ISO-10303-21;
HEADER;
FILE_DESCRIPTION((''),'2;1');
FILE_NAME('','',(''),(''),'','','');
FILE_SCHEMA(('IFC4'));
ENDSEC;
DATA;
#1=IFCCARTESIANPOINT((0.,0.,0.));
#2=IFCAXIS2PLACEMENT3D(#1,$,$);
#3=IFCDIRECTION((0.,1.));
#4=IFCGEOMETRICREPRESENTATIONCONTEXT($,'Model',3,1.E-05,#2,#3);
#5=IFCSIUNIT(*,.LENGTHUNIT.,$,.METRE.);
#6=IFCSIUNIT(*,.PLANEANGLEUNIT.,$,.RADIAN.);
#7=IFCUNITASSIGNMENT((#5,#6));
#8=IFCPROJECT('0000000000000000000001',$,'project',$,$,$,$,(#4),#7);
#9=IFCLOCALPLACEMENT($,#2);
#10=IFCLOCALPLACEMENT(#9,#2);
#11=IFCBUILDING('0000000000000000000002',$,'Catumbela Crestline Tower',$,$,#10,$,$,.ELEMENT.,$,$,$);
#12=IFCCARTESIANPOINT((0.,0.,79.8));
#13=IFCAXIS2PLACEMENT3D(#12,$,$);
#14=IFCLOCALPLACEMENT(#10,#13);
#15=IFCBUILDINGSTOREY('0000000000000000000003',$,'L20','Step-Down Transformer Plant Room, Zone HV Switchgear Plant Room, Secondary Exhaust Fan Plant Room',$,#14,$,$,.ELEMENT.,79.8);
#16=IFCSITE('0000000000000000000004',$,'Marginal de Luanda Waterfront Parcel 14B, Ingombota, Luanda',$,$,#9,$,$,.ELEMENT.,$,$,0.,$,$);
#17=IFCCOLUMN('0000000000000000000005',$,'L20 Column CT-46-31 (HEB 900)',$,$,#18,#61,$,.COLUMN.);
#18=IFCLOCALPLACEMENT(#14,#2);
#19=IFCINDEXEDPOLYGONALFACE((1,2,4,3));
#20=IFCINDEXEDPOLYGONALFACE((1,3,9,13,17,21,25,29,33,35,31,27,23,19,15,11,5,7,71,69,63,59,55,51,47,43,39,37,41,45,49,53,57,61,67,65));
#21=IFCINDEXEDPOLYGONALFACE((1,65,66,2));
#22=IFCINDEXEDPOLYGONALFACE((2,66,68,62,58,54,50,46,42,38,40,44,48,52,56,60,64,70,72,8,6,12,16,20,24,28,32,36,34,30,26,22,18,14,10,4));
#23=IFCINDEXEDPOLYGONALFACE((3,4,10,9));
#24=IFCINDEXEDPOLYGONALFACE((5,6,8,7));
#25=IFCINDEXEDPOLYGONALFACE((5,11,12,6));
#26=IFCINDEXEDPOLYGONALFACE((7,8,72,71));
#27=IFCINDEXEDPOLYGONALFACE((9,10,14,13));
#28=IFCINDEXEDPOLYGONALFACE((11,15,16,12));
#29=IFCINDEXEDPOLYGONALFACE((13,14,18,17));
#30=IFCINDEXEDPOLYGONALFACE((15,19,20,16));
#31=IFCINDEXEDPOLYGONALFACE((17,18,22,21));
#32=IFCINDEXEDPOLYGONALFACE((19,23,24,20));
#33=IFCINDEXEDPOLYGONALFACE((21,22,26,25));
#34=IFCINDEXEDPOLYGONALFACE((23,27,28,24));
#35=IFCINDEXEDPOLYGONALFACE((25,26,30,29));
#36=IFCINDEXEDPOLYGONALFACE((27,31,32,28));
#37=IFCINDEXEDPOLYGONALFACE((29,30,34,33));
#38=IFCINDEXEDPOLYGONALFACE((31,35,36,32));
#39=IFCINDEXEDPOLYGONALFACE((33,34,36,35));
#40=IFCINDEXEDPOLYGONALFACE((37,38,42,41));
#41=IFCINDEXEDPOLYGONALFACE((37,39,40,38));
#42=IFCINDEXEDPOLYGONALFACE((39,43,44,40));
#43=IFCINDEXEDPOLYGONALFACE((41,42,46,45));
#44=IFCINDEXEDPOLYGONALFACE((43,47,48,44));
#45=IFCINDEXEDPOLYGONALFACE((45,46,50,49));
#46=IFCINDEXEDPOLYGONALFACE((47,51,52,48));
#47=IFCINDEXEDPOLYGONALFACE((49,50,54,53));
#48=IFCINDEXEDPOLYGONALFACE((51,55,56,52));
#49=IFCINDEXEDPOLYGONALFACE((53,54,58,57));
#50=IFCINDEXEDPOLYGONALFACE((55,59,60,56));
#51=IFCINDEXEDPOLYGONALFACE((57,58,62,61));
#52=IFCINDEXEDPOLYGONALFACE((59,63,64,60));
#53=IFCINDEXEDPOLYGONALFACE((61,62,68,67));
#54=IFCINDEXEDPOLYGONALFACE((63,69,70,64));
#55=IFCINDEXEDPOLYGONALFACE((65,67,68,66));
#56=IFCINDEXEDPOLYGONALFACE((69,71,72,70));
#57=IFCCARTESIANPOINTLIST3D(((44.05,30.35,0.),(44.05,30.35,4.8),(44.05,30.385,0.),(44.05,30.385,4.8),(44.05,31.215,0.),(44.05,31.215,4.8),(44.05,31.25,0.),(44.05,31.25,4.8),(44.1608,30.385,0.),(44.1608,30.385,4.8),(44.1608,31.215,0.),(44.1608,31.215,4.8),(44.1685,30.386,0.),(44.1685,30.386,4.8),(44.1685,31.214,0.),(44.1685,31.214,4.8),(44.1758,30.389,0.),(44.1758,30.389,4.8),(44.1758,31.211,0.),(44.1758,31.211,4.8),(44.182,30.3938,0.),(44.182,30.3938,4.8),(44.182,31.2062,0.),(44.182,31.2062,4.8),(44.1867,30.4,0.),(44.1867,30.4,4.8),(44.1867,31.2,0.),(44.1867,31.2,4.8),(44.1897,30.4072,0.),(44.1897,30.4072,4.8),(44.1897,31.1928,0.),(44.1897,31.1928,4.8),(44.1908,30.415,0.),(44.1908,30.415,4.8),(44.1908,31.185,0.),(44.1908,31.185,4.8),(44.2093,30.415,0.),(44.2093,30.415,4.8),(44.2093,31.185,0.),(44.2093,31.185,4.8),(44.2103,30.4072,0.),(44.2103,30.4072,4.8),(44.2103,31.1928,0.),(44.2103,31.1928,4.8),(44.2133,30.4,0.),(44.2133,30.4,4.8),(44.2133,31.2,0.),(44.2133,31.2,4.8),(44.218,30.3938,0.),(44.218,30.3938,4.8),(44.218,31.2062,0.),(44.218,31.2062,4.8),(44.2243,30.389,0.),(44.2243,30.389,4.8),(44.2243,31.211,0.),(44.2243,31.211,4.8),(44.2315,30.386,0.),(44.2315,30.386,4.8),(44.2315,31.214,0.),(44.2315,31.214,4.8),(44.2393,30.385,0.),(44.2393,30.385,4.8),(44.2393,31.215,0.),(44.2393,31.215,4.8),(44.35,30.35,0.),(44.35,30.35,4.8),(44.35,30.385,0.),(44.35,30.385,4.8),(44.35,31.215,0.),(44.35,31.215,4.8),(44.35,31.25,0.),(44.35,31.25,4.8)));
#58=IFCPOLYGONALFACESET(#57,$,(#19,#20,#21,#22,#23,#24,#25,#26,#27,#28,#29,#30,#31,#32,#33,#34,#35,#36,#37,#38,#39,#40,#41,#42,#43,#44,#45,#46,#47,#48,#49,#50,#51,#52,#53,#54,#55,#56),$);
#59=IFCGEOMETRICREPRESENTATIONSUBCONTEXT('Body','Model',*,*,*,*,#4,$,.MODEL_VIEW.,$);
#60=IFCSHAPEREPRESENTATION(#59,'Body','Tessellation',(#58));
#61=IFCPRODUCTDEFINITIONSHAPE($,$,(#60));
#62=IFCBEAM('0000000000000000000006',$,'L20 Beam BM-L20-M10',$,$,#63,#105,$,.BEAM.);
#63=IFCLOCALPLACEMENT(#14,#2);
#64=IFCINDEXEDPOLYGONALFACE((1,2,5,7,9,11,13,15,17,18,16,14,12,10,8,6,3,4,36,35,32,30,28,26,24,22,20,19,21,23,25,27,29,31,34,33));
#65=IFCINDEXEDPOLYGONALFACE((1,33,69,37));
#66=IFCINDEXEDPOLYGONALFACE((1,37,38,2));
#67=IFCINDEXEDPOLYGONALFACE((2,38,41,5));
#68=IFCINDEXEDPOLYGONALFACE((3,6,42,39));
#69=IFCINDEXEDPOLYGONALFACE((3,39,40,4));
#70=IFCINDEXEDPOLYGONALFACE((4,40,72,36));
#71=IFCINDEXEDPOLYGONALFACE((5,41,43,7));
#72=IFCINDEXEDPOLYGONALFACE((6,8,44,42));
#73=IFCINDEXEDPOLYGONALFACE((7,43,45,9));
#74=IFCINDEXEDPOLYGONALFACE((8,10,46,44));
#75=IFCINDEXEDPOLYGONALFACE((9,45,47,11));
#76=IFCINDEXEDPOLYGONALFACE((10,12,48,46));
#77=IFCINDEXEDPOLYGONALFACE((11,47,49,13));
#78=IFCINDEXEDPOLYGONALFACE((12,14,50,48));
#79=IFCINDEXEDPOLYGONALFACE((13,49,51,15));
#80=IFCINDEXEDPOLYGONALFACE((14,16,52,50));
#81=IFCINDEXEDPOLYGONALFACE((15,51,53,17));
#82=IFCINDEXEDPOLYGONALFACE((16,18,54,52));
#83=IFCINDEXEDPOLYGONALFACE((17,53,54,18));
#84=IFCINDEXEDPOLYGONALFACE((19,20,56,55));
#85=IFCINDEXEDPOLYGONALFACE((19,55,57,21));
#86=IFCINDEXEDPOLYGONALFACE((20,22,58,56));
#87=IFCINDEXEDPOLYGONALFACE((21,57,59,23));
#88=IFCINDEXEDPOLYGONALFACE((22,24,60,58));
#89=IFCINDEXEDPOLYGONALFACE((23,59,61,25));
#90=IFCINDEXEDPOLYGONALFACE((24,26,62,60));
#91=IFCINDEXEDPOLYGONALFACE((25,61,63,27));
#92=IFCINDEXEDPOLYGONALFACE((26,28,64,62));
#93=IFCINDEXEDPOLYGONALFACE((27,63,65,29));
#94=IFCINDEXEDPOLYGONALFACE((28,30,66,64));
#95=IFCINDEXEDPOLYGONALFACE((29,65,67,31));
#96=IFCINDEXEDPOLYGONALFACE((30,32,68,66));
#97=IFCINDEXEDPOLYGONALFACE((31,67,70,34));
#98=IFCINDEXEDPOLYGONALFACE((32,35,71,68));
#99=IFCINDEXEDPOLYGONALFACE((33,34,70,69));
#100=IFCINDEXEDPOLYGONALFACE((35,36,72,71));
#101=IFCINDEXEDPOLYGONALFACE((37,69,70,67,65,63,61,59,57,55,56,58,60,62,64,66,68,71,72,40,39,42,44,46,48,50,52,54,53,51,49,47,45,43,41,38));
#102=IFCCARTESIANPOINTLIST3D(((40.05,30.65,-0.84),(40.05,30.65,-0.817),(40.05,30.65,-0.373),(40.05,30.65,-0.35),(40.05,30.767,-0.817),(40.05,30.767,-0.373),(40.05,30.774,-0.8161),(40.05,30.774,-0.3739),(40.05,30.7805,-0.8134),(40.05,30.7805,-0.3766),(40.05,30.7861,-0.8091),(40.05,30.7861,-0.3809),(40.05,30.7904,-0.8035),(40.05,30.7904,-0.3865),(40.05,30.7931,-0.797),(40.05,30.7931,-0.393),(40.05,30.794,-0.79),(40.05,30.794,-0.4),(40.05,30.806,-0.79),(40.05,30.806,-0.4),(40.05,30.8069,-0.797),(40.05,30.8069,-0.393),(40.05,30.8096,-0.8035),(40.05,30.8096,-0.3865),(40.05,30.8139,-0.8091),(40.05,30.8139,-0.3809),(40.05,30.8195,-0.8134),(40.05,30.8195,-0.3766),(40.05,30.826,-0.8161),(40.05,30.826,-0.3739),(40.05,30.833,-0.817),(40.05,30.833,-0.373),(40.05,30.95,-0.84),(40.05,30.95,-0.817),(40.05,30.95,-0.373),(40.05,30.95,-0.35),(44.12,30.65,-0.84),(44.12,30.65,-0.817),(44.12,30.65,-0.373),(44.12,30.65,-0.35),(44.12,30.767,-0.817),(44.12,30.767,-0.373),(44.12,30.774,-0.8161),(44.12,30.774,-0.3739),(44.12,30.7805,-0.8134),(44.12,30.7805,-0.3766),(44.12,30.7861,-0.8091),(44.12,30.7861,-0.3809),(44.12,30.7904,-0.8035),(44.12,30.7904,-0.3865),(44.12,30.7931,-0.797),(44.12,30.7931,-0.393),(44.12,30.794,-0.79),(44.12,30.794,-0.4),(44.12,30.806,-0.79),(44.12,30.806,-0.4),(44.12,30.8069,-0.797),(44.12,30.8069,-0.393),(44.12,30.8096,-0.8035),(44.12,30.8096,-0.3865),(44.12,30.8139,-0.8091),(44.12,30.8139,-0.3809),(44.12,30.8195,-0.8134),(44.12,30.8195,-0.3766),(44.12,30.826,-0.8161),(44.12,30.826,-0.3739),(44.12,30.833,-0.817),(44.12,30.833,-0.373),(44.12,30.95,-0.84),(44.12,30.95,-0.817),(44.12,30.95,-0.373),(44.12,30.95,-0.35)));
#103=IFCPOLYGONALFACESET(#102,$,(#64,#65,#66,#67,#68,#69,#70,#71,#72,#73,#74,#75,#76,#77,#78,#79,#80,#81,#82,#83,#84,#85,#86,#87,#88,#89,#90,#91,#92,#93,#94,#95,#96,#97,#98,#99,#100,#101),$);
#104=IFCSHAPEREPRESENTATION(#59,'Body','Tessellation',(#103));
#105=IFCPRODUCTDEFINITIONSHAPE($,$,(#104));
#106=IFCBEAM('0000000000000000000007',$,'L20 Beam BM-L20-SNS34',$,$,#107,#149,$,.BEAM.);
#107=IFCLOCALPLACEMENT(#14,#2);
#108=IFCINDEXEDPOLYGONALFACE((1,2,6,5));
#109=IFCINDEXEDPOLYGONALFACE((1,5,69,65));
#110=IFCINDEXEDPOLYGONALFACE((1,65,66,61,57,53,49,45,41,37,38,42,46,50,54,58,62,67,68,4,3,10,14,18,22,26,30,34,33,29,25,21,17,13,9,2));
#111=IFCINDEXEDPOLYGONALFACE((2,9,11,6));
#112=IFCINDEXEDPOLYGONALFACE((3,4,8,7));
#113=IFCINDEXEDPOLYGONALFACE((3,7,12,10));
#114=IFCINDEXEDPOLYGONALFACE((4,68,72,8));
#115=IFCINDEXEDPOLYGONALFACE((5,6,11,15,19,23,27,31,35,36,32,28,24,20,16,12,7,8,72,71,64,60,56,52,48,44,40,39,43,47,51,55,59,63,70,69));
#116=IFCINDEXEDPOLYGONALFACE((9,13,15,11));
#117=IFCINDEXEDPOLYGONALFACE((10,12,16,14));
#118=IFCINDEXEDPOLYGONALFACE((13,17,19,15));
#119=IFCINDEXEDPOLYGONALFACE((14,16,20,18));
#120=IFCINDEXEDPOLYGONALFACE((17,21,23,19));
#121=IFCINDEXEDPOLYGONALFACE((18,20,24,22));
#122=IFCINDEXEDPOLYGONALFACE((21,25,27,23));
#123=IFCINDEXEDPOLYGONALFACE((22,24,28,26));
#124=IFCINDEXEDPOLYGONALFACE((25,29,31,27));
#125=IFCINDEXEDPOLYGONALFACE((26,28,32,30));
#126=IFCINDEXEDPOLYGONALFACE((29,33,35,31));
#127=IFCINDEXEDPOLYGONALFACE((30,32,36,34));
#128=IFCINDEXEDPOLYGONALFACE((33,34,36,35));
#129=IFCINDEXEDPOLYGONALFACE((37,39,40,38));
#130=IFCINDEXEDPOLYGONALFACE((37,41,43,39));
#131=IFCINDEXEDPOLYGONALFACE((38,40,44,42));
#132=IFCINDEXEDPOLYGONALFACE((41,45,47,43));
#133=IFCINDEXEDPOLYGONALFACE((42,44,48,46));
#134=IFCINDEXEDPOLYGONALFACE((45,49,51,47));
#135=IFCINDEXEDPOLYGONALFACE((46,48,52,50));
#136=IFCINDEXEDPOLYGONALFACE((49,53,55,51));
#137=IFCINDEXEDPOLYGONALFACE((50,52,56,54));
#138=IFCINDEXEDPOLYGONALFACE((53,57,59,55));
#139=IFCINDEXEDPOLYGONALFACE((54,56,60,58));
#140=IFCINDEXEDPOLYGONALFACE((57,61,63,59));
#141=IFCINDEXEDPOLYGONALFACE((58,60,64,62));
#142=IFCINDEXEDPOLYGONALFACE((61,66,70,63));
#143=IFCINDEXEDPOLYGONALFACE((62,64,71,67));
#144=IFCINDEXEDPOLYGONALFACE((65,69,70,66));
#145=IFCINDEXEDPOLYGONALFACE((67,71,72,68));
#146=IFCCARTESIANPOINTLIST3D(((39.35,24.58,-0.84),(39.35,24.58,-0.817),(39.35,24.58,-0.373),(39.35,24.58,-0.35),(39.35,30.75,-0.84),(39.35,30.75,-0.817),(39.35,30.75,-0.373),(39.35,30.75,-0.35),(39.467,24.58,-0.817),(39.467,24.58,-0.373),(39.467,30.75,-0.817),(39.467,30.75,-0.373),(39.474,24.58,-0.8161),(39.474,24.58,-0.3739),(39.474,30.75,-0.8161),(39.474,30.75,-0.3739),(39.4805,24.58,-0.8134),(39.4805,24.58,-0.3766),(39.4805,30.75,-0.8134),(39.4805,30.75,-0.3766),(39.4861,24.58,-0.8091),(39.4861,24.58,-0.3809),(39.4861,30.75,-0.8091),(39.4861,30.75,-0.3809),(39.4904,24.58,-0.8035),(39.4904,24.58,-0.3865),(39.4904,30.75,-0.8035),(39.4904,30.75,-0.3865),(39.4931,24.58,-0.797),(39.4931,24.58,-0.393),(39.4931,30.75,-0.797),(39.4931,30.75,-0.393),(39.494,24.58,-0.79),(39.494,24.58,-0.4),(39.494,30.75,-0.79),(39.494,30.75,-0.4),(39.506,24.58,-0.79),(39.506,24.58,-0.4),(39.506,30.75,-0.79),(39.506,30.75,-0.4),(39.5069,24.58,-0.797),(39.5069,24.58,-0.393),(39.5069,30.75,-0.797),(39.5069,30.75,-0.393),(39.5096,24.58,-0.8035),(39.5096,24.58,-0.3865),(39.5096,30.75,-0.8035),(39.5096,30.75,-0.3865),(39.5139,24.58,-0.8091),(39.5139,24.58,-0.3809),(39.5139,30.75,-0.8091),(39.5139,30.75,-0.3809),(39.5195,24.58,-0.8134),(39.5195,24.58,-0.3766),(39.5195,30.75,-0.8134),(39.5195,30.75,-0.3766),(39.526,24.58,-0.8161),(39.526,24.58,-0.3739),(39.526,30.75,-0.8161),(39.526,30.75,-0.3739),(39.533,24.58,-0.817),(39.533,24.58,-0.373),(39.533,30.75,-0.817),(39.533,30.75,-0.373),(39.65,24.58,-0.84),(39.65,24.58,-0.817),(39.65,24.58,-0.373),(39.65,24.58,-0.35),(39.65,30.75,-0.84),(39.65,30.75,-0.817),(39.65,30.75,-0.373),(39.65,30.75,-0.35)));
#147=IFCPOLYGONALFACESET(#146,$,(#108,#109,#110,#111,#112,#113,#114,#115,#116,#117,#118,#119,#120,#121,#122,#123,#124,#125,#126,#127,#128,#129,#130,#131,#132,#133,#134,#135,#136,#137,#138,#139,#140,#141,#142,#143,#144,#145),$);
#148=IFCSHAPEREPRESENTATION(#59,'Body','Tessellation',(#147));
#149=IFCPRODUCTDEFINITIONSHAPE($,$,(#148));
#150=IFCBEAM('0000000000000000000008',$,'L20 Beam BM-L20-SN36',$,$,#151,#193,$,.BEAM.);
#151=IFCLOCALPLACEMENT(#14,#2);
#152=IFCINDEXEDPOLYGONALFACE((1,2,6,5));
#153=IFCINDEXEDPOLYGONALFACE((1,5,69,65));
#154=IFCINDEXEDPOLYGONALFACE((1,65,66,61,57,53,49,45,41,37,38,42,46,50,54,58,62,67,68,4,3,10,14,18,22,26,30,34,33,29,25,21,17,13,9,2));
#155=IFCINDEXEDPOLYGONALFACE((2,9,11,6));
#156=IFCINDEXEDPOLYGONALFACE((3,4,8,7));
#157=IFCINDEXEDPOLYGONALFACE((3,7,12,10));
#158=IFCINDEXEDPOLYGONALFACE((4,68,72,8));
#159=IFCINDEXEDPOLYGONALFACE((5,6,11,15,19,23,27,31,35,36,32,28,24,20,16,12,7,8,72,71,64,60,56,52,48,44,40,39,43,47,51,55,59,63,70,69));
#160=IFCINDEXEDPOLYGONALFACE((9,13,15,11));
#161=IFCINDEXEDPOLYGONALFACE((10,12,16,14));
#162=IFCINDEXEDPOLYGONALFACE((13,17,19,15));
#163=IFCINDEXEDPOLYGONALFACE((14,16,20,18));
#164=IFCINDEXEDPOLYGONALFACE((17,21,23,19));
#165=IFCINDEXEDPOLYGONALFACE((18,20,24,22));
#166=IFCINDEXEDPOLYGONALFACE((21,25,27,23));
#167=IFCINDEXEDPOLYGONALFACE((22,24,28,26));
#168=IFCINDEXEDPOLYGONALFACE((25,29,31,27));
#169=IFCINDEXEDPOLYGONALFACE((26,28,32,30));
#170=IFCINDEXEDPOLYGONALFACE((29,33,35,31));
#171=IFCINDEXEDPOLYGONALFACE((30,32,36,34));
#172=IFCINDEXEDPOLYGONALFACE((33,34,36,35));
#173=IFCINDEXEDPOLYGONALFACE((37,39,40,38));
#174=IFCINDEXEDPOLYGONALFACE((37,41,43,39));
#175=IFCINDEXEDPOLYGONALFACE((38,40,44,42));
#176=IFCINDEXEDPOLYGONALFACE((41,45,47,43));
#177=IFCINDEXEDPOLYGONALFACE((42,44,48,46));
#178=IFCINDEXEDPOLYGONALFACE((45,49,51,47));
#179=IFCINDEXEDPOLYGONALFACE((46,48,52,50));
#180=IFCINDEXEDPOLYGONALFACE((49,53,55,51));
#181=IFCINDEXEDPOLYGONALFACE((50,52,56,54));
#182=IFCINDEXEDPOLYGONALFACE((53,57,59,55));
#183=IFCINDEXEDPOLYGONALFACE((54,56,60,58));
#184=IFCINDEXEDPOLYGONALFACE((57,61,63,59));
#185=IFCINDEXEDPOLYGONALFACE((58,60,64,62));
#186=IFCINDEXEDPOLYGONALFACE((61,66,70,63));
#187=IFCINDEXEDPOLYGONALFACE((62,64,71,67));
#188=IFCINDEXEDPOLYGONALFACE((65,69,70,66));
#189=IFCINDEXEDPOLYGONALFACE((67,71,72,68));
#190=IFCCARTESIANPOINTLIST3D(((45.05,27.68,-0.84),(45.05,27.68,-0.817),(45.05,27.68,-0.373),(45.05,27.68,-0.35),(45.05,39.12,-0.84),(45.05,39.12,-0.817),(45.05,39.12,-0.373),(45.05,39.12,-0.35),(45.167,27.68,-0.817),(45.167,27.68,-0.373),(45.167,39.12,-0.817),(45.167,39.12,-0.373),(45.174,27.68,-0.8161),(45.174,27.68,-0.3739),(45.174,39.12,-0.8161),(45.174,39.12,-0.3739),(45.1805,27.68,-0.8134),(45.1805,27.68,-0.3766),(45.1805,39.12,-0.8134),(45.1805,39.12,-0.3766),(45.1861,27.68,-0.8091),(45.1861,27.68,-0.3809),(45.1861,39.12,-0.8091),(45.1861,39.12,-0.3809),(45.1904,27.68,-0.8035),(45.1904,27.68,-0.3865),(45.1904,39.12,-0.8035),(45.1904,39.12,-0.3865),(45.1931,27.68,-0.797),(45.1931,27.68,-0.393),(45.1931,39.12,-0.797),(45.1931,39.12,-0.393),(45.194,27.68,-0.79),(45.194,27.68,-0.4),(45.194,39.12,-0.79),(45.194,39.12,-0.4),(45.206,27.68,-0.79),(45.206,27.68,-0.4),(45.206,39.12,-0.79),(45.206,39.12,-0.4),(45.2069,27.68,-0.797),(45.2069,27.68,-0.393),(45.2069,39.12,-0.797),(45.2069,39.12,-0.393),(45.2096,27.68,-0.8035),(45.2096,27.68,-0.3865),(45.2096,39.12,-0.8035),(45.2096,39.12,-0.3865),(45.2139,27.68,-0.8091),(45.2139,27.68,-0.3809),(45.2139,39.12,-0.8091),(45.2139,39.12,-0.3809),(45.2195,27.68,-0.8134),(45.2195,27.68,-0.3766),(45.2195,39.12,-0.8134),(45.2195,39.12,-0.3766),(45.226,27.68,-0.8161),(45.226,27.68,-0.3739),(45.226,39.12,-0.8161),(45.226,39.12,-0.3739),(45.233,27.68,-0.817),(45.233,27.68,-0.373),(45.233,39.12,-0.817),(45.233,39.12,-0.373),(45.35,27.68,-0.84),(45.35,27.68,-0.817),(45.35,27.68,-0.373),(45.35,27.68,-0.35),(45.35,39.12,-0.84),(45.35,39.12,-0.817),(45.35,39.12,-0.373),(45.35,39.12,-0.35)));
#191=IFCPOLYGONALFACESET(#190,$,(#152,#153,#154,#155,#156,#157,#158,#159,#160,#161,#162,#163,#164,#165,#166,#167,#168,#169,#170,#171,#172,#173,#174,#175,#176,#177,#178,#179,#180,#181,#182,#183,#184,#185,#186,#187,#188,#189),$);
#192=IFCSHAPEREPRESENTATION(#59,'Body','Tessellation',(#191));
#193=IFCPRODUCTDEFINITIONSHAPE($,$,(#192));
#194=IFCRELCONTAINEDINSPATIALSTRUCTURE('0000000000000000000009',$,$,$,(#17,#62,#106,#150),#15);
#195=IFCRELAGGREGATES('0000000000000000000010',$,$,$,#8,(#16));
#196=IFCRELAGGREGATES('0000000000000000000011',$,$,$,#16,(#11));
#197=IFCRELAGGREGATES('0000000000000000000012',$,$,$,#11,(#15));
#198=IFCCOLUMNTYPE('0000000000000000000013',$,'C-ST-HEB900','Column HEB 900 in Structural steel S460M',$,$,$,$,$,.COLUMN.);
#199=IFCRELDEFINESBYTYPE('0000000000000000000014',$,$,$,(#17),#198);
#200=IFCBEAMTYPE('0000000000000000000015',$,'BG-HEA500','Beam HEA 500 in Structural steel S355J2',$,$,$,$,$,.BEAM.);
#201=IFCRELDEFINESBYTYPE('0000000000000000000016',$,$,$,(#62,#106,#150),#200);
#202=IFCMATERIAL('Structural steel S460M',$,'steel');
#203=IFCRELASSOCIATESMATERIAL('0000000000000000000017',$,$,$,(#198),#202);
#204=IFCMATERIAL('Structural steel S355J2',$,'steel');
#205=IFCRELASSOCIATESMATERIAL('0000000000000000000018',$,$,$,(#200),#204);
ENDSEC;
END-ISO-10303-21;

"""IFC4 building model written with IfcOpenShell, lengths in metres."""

from ifc_helpers import new_model, si_unit, direction, frame, origin, origin_2d, place, context, subcontext, project, spatial, i_section, extrude, material, material_profile, profile_set, type_object, element, save


model = new_model("IFC4")

# Units and contexts
model_context = context("Model", 3, precision=1e-05, world=origin(), true_north=direction((0.0, 1.0)))
body_context = subcontext(model_context, "Body", "Model", "MODEL_VIEW")
ifc_project = project(units=[si_unit("LENGTHUNIT", "METRE"), si_unit("PLANEANGLEUNIT", "RADIAN")], contexts=[model_context])

# Site, building, storey
site_placement = place(None, origin())
site = spatial("IfcSite", under=ifc_project, at=site_placement, Name="Marginal de Luanda Waterfront Parcel 14B, Ingombota, Luanda", CompositionType="ELEMENT", RefElevation=0.0)
building_placement = place(site_placement, origin())
building = spatial("IfcBuilding", under=site, at=building_placement, Name="Catumbela Crestline Tower", CompositionType="ELEMENT")
storey_placement = place(building_placement, frame((0.0, 0.0, 79.8)))
storey = spatial("IfcBuildingStorey", under=building, at=storey_placement, Name="L20", Description="Step-Down Transformer Plant Room, Zone HV Switchgear Plant Room, Secondary Exhaust Fan Plant Room", CompositionType="ELEMENT", Elevation=79.8)

# Column
ifc_material_1 = material(Name="Structural steel S460M", Category="steel")
ifc_material_profile_1 = material_profile(ifc_material_1, i_section(OverallWidth=0.3, OverallDepth=0.9, WebThickness=0.0185, FlangeThickness=0.035, FilletRadius=0.03, at=origin_2d()), Name="HEB 900")
ifc_profile_set_1 = profile_set([ifc_material_profile_1], Name="Structural steel S460M")
column_type_1 = type_object("IfcColumnType", Name="C-ST-HEB900", Description="Column HEB 900 in Structural steel S460M", PredefinedType="COLUMN", material=ifc_profile_set_1)
column_1_placement = place(storey_placement, frame((44.2, 30.8, 0.0), z_axis=(0.0, 0.0, 1.0), x_axis=(1.0, 0.0, 0.0)))
element("IfcColumn", 1, at=column_1_placement, inside=storey, type_object=column_type_1, Name="L20 Column CT-46-31 (HEB 900)", PredefinedType="COLUMN", context=body_context, shape_type="SweptSolid", body=[
    extrude(i_section(OverallWidth=0.3, OverallDepth=0.9, WebThickness=0.0185, FlangeThickness=0.035, FilletRadius=0.03, at=origin_2d()), origin(), (0.0, 0.0, 1.0), 4.8),
])

# Beams
ifc_material_2 = material(Name="Structural steel S355J2", Category="steel")
ifc_material_profile_2 = material_profile(ifc_material_2, i_section(OverallWidth=0.3, OverallDepth=0.49, WebThickness=0.012, FlangeThickness=0.023, FilletRadius=0.027, at=origin_2d()), Name="HEA 500")
ifc_profile_set_2 = profile_set([ifc_material_profile_2], Name="Structural steel S355J2")
beam_type_1 = type_object("IfcBeamType", Name="BG-HEA500", Description="Beam HEA 500 in Structural steel S355J2", PredefinedType="BEAM", material=ifc_profile_set_2)
beam_1_placement = place(storey_placement, frame((40.05, 30.8, -0.595), z_axis=(1.0, 0.0, 0.0), x_axis=(0.0, 1.0, 0.0)))
element("IfcBeam", 2, at=beam_1_placement, inside=storey, type_object=beam_type_1, Name="L20 Beam BM-L20-M10", PredefinedType="BEAM", context=body_context, shape_type="SweptSolid", body=[
    extrude(i_section(OverallWidth=0.3, OverallDepth=0.49, WebThickness=0.012, FlangeThickness=0.023, FilletRadius=0.027, at=origin_2d()), origin(), (0.0, 0.0, 1.0), 4.07),
])
beam_2_placement = place(storey_placement, frame((39.5, 24.58, -0.595), z_axis=(0.0, 1.0, 0.0), x_axis=(-1.0, 0.0, 0.0)))
element("IfcBeam", 3, at=beam_2_placement, inside=storey, type_object=beam_type_1, Name="L20 Beam BM-L20-SNS34", PredefinedType="BEAM", context=body_context, shape_type="SweptSolid", body=[
    extrude(i_section(OverallWidth=0.3, OverallDepth=0.49, WebThickness=0.012, FlangeThickness=0.023, FilletRadius=0.027, at=origin_2d()), origin(), (0.0, 0.0, 1.0), 6.17),
])
beam_3_placement = place(storey_placement, frame((45.2, 27.68, -0.595), z_axis=(0.0, 1.0, 0.0), x_axis=(-1.0, 0.0, 0.0)))
element("IfcBeam", 4, at=beam_3_placement, inside=storey, type_object=beam_type_1, Name="L20 Beam BM-L20-SN36", PredefinedType="BEAM", context=body_context, shape_type="SweptSolid", body=[
    extrude(i_section(OverallWidth=0.3, OverallDepth=0.49, WebThickness=0.012, FlangeThickness=0.023, FilletRadius=0.027, at=origin_2d()), origin(), (0.0, 0.0, 1.0), 11.44),
])

save(model, "model.ifc")
